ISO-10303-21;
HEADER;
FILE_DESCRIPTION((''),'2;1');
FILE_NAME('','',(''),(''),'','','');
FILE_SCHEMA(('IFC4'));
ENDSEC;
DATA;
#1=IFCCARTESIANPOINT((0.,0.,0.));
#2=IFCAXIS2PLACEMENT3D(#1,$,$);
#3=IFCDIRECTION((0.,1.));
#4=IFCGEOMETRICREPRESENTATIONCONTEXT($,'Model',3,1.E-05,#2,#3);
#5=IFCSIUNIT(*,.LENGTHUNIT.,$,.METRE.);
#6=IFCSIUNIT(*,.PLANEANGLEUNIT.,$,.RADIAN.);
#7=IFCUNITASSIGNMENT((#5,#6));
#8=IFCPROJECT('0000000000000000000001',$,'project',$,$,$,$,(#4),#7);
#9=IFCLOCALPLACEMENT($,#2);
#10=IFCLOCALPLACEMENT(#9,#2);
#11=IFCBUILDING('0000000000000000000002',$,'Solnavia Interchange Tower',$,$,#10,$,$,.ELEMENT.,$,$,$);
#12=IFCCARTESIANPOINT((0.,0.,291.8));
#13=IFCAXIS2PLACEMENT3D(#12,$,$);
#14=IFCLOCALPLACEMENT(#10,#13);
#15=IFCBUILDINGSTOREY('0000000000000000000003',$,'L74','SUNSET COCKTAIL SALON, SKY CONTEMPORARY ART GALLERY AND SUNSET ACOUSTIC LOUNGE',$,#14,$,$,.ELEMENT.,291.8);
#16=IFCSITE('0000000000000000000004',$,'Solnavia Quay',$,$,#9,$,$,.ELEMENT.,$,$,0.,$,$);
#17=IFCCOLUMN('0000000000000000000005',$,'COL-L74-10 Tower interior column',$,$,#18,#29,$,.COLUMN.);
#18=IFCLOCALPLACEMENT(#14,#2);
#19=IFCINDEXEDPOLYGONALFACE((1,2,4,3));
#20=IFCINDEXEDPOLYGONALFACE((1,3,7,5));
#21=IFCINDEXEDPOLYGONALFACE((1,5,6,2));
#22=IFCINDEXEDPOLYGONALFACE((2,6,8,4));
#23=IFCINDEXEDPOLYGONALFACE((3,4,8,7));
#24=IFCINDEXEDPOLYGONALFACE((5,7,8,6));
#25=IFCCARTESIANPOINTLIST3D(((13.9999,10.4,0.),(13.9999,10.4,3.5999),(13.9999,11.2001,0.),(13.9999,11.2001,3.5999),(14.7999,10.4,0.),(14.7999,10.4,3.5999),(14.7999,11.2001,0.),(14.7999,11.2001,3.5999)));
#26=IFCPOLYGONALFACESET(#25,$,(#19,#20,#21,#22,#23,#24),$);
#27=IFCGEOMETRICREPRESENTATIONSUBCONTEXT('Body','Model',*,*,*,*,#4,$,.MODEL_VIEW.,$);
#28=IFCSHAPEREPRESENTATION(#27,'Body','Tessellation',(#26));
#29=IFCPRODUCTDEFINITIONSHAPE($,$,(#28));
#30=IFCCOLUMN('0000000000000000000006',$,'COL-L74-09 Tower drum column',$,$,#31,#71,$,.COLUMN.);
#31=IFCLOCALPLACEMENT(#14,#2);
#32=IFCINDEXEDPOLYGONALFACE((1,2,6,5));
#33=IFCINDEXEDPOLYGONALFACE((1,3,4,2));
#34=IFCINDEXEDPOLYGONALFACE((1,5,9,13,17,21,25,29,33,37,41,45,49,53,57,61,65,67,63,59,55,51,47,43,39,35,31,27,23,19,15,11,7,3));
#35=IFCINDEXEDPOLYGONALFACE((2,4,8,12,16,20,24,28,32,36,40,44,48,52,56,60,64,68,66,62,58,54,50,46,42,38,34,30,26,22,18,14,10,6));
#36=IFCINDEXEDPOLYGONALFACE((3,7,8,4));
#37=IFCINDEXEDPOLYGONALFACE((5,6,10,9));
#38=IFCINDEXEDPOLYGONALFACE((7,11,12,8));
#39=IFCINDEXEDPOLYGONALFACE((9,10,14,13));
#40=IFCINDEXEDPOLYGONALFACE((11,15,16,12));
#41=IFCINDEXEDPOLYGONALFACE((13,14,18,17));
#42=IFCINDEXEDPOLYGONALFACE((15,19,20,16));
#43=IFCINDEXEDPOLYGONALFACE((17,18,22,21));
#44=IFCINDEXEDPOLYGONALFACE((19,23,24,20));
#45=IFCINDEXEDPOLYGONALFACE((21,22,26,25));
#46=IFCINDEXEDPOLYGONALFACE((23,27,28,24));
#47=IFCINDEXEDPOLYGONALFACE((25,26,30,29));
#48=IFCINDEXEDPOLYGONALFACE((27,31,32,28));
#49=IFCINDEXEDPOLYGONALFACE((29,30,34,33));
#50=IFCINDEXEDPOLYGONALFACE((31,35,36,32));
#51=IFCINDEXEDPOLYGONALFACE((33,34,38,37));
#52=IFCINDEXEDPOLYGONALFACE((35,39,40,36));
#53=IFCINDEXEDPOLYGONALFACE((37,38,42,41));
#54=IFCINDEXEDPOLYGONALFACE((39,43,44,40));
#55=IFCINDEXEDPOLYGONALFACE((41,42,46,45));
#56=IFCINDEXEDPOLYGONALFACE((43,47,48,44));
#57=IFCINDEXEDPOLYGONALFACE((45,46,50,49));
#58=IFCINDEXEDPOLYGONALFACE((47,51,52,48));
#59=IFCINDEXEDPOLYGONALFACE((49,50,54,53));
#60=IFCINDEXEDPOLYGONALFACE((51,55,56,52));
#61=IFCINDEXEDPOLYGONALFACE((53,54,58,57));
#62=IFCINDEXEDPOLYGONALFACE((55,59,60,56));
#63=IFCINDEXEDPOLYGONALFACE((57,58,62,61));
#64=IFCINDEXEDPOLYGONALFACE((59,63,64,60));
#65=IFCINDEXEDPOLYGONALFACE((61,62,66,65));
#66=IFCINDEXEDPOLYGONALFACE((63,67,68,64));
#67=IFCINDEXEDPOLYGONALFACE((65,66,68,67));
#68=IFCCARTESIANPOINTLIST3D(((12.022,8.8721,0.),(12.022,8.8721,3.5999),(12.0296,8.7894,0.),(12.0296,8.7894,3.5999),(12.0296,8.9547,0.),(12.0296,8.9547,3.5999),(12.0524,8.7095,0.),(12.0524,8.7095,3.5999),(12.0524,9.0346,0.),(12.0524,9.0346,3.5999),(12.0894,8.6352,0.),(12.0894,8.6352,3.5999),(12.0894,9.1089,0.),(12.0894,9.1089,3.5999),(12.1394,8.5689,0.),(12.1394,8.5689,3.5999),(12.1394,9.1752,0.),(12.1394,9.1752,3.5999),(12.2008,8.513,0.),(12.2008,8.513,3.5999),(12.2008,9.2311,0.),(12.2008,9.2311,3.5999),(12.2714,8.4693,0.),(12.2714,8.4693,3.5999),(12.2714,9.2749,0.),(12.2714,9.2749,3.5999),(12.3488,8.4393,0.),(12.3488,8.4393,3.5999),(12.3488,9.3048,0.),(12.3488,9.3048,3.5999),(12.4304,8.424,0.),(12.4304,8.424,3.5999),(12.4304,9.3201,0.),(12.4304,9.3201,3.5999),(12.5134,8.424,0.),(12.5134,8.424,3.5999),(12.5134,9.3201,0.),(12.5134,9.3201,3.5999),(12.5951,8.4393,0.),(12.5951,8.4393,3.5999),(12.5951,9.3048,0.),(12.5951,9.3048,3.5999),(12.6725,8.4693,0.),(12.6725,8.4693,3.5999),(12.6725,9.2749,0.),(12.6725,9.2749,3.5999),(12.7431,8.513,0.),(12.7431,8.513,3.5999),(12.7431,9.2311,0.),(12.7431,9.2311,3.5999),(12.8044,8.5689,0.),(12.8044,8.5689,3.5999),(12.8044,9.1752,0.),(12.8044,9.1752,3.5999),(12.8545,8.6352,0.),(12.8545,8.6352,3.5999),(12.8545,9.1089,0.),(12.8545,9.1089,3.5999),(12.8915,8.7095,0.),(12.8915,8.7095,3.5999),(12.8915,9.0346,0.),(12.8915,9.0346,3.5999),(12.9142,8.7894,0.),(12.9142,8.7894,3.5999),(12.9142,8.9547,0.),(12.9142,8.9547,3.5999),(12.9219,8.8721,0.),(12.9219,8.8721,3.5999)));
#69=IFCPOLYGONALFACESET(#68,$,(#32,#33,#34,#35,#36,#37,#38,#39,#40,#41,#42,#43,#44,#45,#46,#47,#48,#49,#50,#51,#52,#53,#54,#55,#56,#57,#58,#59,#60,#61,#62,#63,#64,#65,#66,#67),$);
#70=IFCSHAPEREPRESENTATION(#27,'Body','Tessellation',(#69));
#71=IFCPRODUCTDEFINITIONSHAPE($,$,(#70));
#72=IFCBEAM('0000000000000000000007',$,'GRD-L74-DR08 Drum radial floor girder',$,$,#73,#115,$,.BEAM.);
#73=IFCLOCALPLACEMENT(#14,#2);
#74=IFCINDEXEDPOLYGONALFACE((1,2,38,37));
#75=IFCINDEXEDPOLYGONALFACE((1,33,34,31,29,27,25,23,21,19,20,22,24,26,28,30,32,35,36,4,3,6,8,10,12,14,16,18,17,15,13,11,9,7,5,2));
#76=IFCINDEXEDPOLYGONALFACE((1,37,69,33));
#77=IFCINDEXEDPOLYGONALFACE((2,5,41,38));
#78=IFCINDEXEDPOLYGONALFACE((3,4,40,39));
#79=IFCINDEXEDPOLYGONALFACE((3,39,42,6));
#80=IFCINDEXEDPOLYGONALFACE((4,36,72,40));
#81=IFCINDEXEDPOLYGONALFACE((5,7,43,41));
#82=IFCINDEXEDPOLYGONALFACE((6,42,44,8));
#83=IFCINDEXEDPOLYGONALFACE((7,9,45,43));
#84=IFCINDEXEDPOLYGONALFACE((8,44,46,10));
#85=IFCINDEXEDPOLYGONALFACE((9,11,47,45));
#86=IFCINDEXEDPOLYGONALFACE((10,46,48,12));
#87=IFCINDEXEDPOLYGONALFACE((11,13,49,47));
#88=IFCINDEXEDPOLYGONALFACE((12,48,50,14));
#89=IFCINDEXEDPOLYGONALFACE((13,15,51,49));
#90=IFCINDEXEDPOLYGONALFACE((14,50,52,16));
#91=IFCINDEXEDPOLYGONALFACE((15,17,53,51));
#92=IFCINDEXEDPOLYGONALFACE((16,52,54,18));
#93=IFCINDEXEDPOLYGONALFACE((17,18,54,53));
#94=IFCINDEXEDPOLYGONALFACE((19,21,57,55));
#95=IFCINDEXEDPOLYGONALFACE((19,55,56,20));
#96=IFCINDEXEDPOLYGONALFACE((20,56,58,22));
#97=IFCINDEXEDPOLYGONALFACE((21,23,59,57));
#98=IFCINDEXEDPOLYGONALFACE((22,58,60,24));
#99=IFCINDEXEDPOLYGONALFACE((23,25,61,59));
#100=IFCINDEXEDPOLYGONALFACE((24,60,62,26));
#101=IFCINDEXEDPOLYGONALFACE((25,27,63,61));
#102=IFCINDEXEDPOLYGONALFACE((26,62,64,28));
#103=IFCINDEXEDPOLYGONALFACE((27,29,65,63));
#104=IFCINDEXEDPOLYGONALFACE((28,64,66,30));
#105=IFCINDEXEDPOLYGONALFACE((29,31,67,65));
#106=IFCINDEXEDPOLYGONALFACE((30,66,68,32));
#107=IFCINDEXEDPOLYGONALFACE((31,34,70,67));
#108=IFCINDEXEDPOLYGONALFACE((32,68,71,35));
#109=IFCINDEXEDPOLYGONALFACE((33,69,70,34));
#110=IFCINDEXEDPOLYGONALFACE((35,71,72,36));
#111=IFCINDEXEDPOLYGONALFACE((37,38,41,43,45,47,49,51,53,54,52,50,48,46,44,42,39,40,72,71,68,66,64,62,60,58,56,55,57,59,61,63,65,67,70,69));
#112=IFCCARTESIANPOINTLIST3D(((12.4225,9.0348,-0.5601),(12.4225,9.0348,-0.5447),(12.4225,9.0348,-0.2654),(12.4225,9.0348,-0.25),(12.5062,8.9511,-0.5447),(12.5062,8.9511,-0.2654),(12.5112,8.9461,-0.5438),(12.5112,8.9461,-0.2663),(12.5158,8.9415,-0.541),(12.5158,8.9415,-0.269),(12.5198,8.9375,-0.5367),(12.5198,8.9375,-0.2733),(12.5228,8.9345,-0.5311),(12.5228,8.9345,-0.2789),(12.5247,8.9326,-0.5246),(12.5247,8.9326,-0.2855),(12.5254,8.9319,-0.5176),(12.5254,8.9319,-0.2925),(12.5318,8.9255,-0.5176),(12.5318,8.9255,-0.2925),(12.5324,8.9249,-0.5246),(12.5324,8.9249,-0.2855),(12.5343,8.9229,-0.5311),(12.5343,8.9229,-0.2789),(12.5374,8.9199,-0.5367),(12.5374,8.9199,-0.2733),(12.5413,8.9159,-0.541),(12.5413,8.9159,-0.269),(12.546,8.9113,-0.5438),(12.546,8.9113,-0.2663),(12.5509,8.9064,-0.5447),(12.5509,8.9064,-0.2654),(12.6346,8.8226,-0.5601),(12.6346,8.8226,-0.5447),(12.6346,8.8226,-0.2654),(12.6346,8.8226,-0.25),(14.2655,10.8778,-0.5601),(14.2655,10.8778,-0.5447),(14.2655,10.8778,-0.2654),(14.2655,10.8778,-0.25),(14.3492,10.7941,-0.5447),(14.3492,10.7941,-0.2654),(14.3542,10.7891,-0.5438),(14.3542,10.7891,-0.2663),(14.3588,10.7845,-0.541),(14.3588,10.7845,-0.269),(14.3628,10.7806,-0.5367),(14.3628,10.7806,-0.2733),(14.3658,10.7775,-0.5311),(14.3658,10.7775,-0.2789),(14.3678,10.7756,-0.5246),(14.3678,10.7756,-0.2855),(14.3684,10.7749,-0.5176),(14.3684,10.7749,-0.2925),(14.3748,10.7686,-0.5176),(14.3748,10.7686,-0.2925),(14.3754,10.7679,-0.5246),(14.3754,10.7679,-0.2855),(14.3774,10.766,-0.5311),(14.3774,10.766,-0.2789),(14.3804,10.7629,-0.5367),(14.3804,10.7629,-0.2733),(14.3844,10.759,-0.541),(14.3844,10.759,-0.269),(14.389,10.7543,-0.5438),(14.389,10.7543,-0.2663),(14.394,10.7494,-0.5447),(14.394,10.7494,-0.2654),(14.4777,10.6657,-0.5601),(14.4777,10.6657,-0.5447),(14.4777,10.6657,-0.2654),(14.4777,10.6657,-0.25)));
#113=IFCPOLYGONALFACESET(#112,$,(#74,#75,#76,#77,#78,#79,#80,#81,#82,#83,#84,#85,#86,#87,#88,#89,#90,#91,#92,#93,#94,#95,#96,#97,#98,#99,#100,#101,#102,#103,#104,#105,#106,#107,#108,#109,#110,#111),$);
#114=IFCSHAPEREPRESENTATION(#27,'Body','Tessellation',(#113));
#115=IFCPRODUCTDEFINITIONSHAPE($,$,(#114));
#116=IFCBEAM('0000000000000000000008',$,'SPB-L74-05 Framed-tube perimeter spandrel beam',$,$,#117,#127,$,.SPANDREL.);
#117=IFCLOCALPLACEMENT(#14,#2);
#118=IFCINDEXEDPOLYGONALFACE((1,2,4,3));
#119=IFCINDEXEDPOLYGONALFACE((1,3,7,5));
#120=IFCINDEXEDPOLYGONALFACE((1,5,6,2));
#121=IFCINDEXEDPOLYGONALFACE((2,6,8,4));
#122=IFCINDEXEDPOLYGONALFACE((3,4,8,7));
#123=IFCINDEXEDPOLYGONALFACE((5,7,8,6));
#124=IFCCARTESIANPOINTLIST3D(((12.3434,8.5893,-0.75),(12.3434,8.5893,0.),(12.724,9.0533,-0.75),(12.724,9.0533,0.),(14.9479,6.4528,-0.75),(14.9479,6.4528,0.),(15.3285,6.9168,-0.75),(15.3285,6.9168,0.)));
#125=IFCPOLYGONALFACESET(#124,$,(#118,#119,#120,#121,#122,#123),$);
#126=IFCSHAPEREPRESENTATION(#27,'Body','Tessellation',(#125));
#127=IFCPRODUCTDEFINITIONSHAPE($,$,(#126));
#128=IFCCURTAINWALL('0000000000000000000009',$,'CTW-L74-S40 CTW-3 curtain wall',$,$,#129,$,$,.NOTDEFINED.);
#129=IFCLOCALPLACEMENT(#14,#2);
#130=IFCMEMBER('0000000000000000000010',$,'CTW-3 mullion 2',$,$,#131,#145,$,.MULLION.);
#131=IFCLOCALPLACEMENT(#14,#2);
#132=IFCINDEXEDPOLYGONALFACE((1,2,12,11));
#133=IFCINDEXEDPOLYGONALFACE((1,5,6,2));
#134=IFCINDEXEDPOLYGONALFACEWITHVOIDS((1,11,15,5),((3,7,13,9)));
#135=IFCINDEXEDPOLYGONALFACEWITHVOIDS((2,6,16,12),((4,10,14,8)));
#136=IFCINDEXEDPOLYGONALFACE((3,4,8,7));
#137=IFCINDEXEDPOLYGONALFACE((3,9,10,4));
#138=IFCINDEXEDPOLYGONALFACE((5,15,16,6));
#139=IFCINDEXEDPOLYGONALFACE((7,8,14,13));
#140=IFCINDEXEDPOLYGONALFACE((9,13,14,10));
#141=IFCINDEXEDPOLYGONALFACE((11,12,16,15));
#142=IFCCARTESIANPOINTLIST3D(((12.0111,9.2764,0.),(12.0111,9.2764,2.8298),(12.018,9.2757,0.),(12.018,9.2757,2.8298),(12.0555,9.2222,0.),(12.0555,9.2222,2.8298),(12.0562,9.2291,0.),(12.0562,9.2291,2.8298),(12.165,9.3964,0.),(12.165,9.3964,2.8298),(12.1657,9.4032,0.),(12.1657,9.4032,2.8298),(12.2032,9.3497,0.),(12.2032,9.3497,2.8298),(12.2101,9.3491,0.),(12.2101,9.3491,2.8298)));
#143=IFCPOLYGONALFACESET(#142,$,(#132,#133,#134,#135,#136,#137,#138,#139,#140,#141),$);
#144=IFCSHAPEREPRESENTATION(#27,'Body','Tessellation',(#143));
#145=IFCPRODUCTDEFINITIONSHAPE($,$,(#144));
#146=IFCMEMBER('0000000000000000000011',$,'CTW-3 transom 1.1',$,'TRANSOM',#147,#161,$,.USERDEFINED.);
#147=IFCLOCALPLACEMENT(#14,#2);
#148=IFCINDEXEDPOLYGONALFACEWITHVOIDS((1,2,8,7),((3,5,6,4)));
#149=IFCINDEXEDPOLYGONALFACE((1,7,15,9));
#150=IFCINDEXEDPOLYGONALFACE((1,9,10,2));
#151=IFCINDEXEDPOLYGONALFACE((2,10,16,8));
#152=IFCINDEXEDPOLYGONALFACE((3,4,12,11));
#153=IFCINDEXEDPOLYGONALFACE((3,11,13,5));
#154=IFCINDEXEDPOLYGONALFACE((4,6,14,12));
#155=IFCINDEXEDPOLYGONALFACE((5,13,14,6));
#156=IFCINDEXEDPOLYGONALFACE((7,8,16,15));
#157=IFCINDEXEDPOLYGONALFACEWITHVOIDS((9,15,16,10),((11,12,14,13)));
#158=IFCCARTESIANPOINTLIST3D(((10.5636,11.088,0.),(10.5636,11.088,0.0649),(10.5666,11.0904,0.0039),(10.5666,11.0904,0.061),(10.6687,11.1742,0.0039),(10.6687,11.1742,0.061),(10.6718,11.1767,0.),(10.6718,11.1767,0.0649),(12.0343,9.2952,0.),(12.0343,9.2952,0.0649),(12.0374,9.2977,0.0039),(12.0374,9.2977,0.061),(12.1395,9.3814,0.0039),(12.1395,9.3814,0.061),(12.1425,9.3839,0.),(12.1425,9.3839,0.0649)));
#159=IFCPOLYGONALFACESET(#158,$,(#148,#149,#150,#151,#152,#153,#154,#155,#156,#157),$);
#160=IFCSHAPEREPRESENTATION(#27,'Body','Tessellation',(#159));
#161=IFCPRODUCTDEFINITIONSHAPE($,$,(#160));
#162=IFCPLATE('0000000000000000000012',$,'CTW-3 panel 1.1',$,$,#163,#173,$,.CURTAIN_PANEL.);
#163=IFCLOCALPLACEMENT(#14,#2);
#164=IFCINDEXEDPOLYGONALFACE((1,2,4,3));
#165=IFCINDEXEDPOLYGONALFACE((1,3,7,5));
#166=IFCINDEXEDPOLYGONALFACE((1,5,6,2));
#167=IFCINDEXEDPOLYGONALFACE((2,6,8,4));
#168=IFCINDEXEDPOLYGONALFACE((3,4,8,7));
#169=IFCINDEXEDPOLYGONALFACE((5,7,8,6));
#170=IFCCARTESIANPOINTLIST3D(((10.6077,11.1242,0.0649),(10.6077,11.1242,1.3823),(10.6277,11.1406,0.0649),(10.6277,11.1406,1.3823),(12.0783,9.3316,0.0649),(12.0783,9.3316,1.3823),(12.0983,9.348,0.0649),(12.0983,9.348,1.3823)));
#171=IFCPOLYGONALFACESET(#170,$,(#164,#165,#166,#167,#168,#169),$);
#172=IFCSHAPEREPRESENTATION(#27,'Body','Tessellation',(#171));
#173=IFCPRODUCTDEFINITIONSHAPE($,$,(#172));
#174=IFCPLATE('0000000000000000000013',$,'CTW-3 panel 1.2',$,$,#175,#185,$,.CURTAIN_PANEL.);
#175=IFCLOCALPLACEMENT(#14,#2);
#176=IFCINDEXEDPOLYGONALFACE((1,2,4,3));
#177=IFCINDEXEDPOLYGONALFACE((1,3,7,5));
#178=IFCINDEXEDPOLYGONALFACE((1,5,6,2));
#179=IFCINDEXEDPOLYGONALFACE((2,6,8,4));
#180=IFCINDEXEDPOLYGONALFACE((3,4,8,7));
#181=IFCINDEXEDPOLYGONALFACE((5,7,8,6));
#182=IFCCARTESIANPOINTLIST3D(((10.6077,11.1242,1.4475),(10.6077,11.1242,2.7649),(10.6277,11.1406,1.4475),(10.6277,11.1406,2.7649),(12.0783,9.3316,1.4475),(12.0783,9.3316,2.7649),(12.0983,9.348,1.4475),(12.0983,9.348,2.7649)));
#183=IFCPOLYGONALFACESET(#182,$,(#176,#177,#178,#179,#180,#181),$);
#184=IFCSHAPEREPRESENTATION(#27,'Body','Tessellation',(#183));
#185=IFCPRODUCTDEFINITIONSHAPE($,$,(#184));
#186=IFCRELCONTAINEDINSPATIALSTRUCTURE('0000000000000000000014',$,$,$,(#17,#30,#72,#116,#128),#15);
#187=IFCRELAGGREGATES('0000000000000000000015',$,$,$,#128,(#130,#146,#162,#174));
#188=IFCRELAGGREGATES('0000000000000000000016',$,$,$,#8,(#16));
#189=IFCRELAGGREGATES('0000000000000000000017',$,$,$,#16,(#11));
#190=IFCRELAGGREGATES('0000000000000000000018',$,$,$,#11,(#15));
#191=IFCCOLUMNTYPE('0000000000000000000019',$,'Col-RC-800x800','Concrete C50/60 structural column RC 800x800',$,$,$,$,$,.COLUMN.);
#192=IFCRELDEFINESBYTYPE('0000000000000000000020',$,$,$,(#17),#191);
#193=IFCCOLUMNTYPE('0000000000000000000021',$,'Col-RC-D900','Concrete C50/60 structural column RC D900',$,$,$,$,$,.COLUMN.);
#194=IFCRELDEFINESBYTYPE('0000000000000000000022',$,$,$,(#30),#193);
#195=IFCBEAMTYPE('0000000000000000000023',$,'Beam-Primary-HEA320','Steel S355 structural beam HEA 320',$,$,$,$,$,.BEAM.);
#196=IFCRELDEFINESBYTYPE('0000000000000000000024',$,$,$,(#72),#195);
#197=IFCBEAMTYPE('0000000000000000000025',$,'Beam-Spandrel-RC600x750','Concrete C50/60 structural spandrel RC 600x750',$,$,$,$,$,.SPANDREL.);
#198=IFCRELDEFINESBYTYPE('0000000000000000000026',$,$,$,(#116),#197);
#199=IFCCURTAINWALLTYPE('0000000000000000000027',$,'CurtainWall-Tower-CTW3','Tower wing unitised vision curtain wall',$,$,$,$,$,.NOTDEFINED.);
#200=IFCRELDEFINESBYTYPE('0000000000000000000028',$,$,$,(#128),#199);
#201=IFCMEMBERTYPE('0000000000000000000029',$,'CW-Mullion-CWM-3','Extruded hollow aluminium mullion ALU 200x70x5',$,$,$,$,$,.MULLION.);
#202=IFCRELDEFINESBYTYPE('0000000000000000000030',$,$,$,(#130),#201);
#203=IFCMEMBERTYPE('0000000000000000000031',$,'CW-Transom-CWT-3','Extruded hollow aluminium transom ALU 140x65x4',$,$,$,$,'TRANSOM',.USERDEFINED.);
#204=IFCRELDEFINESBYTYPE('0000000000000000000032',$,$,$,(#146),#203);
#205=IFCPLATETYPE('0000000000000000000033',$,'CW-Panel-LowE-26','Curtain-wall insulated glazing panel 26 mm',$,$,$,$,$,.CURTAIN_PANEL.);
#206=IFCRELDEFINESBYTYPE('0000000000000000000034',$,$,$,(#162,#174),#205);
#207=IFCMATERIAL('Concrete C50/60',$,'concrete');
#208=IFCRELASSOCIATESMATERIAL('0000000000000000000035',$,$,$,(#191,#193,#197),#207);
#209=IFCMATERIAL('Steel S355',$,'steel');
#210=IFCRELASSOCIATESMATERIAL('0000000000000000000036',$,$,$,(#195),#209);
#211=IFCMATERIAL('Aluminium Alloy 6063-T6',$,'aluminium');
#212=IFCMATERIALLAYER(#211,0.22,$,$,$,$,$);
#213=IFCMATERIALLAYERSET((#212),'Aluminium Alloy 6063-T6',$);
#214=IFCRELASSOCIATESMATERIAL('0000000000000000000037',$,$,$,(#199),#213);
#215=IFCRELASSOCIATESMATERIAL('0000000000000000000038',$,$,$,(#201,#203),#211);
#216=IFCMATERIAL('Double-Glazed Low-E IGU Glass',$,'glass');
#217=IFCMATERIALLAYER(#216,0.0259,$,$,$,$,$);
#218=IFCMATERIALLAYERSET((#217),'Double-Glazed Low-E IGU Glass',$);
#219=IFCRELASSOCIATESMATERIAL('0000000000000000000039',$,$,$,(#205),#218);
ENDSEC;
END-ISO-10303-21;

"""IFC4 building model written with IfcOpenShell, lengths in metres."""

from ifc_helpers import new_model, si_unit, direction, frame, origin, origin_2d, place, context, subcontext, project, spatial, rectangle, hollow_rectangle, circle, i_section, extrude, material, layer, layer_set, material_profile, profile_set, type_object, element, aggregate, save


model = new_model("IFC4")

# Units and contexts
model_context = context("Model", 3, precision=1e-05, world=origin(), true_north=direction((0.0, 1.0)))
body_context = subcontext(model_context, "Body", "Model", "MODEL_VIEW")
ifc_project = project(units=[si_unit("LENGTHUNIT", "METRE"), si_unit("PLANEANGLEUNIT", "RADIAN")], contexts=[model_context])

# Site, building, storey
site_placement = place(None, origin())
site = spatial("IfcSite", under=ifc_project, at=site_placement, Name="Solnavia Quay", CompositionType="ELEMENT", RefElevation=0.0)
building_placement = place(site_placement, origin())
building = spatial("IfcBuilding", under=site, at=building_placement, Name="Solnavia Interchange Tower", CompositionType="ELEMENT")
storey_placement = place(building_placement, frame((0.0, 0.0, 291.8)))
storey = spatial("IfcBuildingStorey", under=building, at=storey_placement, Name="L74", Description="SUNSET COCKTAIL SALON, SKY CONTEMPORARY ART GALLERY AND SUNSET ACOUSTIC LOUNGE", CompositionType="ELEMENT", Elevation=291.8)

# Columns
ifc_material_1 = material(Name="Concrete C50/60", Category="concrete")
ifc_material_profile_1 = material_profile(ifc_material_1, rectangle(XDim=0.8, YDim=0.8, at=origin_2d()), Name="RC 800x800")
ifc_profile_set_1 = profile_set([ifc_material_profile_1], Name="Concrete C50/60")
column_type_1 = type_object("IfcColumnType", Name="Col-RC-800x800", Description="Concrete C50/60 structural column RC 800x800", PredefinedType="COLUMN", material=ifc_profile_set_1)
column_1_placement = place(storey_placement, frame((14.3999, 10.8, 0.0), z_axis=(0.0, 0.0, 1.0), x_axis=(1.0, 0.0, 0.0)))
element("IfcColumn", 1, at=column_1_placement, inside=storey, type_object=column_type_1, Name="COL-L74-10 Tower interior column", PredefinedType="COLUMN", context=body_context, shape_type="SweptSolid", body=[
    extrude(rectangle(XDim=0.8, YDim=0.8, at=origin_2d()), origin(), (0.0, 0.0, 1.0), 3.5999),
])
ifc_material_profile_2 = material_profile(ifc_material_1, circle(Radius=0.45, at=origin_2d()), Name="RC D900")
ifc_profile_set_2 = profile_set([ifc_material_profile_2], Name="Concrete C50/60")
column_type_2 = type_object("IfcColumnType", Name="Col-RC-D900", Description="Concrete C50/60 structural column RC D900", PredefinedType="COLUMN", material=ifc_profile_set_2)
column_2_placement = place(storey_placement, frame((12.4719, 8.8721, 0.0), z_axis=(0.0, 0.0, 1.0), x_axis=(1.0, 0.0, 0.0)))
element("IfcColumn", 2, at=column_2_placement, inside=storey, type_object=column_type_2, Name="COL-L74-09 Tower drum column", PredefinedType="COLUMN", context=body_context, shape_type="SweptSolid", body=[
    extrude(circle(Radius=0.45, at=origin_2d()), origin(), (0.0, 0.0, 1.0), 3.5999),
])

# Beams
ifc_material_2 = material(Name="Steel S355", Category="steel")
ifc_material_profile_3 = material_profile(ifc_material_2, i_section(OverallWidth=0.3, OverallDepth=0.3101, WebThickness=0.009, FlangeThickness=0.0154, FilletRadius=0.0271, at=origin_2d()), Name="HEA 320")
ifc_profile_set_3 = profile_set([ifc_material_profile_3], Name="Steel S355")
beam_type_1 = type_object("IfcBeamType", Name="Beam-Primary-HEA320", Description="Steel S355 structural beam HEA 320", PredefinedType="BEAM", material=ifc_profile_set_3)
beam_1_placement = place(storey_placement, frame((12.5286, 8.9287, -0.405), z_axis=(0.707107, 0.707107, 0.0), x_axis=(-0.707107, 0.707107, 0.0)))
element("IfcBeam", 3, at=beam_1_placement, inside=storey, type_object=beam_type_1, Name="GRD-L74-DR08 Drum radial floor girder", PredefinedType="BEAM", context=body_context, shape_type="SweptSolid", body=[
    extrude(i_section(OverallWidth=0.3, OverallDepth=0.3101, WebThickness=0.009, FlangeThickness=0.0154, FilletRadius=0.0271, at=origin_2d()), origin(), (0.0, 0.0, 1.0), 2.6064),
])
ifc_material_profile_4 = material_profile(ifc_material_1, rectangle(XDim=0.6001, YDim=0.75, at=origin_2d()), Name="RC 600x750")
ifc_profile_set_4 = profile_set([ifc_material_profile_4], Name="Concrete C50/60")
beam_type_2 = type_object("IfcBeamType", Name="Beam-Spandrel-RC600x750", Description="Concrete C50/60 structural spandrel RC 600x750", PredefinedType="SPANDREL", material=ifc_profile_set_4)
beam_2_placement = place(storey_placement, frame((12.5337, 8.8213, -0.375), z_axis=(0.773153, -0.63422, 0.0), x_axis=(0.63422, 0.773153, 0.0)))
element("IfcBeam", 4, at=beam_2_placement, inside=storey, type_object=beam_type_2, Name="SPB-L74-05 Framed-tube perimeter spandrel beam", PredefinedType="SPANDREL", context=body_context, shape_type="SweptSolid", body=[
    extrude(rectangle(XDim=0.6001, YDim=0.75, at=origin_2d()), origin(), (0.0, 0.0, 1.0), 3.3687),
])

# Curtain wall, members, plates
ifc_material_3 = material(Name="Aluminium Alloy 6063-T6", Category="aluminium")
ifc_layer_1 = layer(ifc_material_3, 0.22)
ifc_layer_set_1 = layer_set([ifc_layer_1], Name="Aluminium Alloy 6063-T6")
curtain_wall_type = type_object("IfcCurtainWallType", Name="CurtainWall-Tower-CTW3", Description="Tower wing unitised vision curtain wall", PredefinedType="NOTDEFINED", material=ifc_layer_set_1)
curtain_wall_placement = place(storey_placement, origin())
curtain_wall = element("IfcCurtainWall", 5, at=curtain_wall_placement, inside=storey, type_object=curtain_wall_type, Name="CTW-L74-S40 CTW-3 curtain wall", PredefinedType="NOTDEFINED")
ifc_material_profile_5 = material_profile(ifc_material_3, hollow_rectangle(XDim=0.0701, YDim=0.2, WallThickness=0.0049, at=origin_2d()), Name="ALU 200x70x5")
ifc_profile_set_5 = profile_set([ifc_material_profile_5], Name="Aluminium Alloy 6063-T6")
member_type_1 = type_object("IfcMemberType", Name="CW-Mullion-CWM-3", Description="Extruded hollow aluminium mullion ALU 200x70x5", PredefinedType="MULLION", material=ifc_profile_set_5)
member_1_placement = place(storey_placement, frame((12.1106, 9.3127, 0.0), z_axis=(0.0, 0.0, 1.0), x_axis=(0.634261, -0.773119, 0.0)))
member_1 = element("IfcMember", 6, at=member_1_placement, type_object=member_type_1, Name="CTW-3 mullion 2", PredefinedType="MULLION", context=body_context, shape_type="SweptSolid", body=[
    extrude(hollow_rectangle(XDim=0.0701, YDim=0.2, WallThickness=0.0049, at=origin_2d()), origin(), (0.0, 0.0, 1.0), 2.8298),
])
ifc_material_profile_6 = material_profile(ifc_material_3, hollow_rectangle(XDim=0.0649, YDim=0.1399, WallThickness=0.0039, at=origin_2d()), Name="ALU 140x65x4")
ifc_profile_set_6 = profile_set([ifc_material_profile_6], Name="Aluminium Alloy 6063-T6")
member_type_2 = type_object("IfcMemberType", Name="CW-Transom-CWT-3", Description="Extruded hollow aluminium transom ALU 140x65x4", ElementType="TRANSOM", PredefinedType="USERDEFINED", material=ifc_profile_set_6)
member_2_placement = place(storey_placement, frame((10.6177, 11.1323, 0.0325), z_axis=(0.634252, -0.773126, 0.0), x_axis=(0.0, 0.0, 1.0)))
member_2 = element("IfcMember", 7, at=member_2_placement, type_object=member_type_2, Name="CTW-3 transom 1.1", ObjectType="TRANSOM", PredefinedType="USERDEFINED", context=body_context, shape_type="SweptSolid", body=[
    extrude(hollow_rectangle(XDim=0.0649, YDim=0.1399, WallThickness=0.0039, at=origin_2d()), origin(), (0.0, 0.0, 1.0), 2.3188),
])
ifc_material_4 = material(Name="Double-Glazed Low-E IGU Glass", Category="glass")
ifc_layer_2 = layer(ifc_material_4, 0.0259)
ifc_layer_set_2 = layer_set([ifc_layer_2], Name="Double-Glazed Low-E IGU Glass")
plate_type = type_object("IfcPlateType", Name="CW-Panel-LowE-26", Description="Curtain-wall insulated glazing panel 26 mm", PredefinedType="CURTAIN_PANEL", material=ifc_layer_set_2)
plate_1_placement = place(storey_placement, frame((11.353, 10.2361, 0.0649), z_axis=(0.0, 0.0, 1.0), x_axis=(0.634261, -0.773119, 0.0)))
plate_1 = element("IfcPlate", 8, at=plate_1_placement, type_object=plate_type, Name="CTW-3 panel 1.1", PredefinedType="CURTAIN_PANEL", context=body_context, shape_type="SweptSolid", body=[
    extrude(rectangle(XDim=2.3186, YDim=0.0259, at=origin_2d()), origin(), (0.0, 0.0, 1.0), 1.3174),
])
plate_2_placement = place(storey_placement, frame((11.353, 10.2361, 1.4475), z_axis=(0.0, 0.0, 1.0), x_axis=(0.634261, -0.773119, 0.0)))
plate_2 = element("IfcPlate", 9, at=plate_2_placement, type_object=plate_type, Name="CTW-3 panel 1.2", PredefinedType="CURTAIN_PANEL", context=body_context, shape_type="SweptSolid", body=[
    extrude(rectangle(XDim=2.3186, YDim=0.0259, at=origin_2d()), origin(), (0.0, 0.0, 1.0), 1.3174),
])
aggregate(curtain_wall, [member_1, member_2, plate_1, plate_2])

save(model, "model.ifc")
